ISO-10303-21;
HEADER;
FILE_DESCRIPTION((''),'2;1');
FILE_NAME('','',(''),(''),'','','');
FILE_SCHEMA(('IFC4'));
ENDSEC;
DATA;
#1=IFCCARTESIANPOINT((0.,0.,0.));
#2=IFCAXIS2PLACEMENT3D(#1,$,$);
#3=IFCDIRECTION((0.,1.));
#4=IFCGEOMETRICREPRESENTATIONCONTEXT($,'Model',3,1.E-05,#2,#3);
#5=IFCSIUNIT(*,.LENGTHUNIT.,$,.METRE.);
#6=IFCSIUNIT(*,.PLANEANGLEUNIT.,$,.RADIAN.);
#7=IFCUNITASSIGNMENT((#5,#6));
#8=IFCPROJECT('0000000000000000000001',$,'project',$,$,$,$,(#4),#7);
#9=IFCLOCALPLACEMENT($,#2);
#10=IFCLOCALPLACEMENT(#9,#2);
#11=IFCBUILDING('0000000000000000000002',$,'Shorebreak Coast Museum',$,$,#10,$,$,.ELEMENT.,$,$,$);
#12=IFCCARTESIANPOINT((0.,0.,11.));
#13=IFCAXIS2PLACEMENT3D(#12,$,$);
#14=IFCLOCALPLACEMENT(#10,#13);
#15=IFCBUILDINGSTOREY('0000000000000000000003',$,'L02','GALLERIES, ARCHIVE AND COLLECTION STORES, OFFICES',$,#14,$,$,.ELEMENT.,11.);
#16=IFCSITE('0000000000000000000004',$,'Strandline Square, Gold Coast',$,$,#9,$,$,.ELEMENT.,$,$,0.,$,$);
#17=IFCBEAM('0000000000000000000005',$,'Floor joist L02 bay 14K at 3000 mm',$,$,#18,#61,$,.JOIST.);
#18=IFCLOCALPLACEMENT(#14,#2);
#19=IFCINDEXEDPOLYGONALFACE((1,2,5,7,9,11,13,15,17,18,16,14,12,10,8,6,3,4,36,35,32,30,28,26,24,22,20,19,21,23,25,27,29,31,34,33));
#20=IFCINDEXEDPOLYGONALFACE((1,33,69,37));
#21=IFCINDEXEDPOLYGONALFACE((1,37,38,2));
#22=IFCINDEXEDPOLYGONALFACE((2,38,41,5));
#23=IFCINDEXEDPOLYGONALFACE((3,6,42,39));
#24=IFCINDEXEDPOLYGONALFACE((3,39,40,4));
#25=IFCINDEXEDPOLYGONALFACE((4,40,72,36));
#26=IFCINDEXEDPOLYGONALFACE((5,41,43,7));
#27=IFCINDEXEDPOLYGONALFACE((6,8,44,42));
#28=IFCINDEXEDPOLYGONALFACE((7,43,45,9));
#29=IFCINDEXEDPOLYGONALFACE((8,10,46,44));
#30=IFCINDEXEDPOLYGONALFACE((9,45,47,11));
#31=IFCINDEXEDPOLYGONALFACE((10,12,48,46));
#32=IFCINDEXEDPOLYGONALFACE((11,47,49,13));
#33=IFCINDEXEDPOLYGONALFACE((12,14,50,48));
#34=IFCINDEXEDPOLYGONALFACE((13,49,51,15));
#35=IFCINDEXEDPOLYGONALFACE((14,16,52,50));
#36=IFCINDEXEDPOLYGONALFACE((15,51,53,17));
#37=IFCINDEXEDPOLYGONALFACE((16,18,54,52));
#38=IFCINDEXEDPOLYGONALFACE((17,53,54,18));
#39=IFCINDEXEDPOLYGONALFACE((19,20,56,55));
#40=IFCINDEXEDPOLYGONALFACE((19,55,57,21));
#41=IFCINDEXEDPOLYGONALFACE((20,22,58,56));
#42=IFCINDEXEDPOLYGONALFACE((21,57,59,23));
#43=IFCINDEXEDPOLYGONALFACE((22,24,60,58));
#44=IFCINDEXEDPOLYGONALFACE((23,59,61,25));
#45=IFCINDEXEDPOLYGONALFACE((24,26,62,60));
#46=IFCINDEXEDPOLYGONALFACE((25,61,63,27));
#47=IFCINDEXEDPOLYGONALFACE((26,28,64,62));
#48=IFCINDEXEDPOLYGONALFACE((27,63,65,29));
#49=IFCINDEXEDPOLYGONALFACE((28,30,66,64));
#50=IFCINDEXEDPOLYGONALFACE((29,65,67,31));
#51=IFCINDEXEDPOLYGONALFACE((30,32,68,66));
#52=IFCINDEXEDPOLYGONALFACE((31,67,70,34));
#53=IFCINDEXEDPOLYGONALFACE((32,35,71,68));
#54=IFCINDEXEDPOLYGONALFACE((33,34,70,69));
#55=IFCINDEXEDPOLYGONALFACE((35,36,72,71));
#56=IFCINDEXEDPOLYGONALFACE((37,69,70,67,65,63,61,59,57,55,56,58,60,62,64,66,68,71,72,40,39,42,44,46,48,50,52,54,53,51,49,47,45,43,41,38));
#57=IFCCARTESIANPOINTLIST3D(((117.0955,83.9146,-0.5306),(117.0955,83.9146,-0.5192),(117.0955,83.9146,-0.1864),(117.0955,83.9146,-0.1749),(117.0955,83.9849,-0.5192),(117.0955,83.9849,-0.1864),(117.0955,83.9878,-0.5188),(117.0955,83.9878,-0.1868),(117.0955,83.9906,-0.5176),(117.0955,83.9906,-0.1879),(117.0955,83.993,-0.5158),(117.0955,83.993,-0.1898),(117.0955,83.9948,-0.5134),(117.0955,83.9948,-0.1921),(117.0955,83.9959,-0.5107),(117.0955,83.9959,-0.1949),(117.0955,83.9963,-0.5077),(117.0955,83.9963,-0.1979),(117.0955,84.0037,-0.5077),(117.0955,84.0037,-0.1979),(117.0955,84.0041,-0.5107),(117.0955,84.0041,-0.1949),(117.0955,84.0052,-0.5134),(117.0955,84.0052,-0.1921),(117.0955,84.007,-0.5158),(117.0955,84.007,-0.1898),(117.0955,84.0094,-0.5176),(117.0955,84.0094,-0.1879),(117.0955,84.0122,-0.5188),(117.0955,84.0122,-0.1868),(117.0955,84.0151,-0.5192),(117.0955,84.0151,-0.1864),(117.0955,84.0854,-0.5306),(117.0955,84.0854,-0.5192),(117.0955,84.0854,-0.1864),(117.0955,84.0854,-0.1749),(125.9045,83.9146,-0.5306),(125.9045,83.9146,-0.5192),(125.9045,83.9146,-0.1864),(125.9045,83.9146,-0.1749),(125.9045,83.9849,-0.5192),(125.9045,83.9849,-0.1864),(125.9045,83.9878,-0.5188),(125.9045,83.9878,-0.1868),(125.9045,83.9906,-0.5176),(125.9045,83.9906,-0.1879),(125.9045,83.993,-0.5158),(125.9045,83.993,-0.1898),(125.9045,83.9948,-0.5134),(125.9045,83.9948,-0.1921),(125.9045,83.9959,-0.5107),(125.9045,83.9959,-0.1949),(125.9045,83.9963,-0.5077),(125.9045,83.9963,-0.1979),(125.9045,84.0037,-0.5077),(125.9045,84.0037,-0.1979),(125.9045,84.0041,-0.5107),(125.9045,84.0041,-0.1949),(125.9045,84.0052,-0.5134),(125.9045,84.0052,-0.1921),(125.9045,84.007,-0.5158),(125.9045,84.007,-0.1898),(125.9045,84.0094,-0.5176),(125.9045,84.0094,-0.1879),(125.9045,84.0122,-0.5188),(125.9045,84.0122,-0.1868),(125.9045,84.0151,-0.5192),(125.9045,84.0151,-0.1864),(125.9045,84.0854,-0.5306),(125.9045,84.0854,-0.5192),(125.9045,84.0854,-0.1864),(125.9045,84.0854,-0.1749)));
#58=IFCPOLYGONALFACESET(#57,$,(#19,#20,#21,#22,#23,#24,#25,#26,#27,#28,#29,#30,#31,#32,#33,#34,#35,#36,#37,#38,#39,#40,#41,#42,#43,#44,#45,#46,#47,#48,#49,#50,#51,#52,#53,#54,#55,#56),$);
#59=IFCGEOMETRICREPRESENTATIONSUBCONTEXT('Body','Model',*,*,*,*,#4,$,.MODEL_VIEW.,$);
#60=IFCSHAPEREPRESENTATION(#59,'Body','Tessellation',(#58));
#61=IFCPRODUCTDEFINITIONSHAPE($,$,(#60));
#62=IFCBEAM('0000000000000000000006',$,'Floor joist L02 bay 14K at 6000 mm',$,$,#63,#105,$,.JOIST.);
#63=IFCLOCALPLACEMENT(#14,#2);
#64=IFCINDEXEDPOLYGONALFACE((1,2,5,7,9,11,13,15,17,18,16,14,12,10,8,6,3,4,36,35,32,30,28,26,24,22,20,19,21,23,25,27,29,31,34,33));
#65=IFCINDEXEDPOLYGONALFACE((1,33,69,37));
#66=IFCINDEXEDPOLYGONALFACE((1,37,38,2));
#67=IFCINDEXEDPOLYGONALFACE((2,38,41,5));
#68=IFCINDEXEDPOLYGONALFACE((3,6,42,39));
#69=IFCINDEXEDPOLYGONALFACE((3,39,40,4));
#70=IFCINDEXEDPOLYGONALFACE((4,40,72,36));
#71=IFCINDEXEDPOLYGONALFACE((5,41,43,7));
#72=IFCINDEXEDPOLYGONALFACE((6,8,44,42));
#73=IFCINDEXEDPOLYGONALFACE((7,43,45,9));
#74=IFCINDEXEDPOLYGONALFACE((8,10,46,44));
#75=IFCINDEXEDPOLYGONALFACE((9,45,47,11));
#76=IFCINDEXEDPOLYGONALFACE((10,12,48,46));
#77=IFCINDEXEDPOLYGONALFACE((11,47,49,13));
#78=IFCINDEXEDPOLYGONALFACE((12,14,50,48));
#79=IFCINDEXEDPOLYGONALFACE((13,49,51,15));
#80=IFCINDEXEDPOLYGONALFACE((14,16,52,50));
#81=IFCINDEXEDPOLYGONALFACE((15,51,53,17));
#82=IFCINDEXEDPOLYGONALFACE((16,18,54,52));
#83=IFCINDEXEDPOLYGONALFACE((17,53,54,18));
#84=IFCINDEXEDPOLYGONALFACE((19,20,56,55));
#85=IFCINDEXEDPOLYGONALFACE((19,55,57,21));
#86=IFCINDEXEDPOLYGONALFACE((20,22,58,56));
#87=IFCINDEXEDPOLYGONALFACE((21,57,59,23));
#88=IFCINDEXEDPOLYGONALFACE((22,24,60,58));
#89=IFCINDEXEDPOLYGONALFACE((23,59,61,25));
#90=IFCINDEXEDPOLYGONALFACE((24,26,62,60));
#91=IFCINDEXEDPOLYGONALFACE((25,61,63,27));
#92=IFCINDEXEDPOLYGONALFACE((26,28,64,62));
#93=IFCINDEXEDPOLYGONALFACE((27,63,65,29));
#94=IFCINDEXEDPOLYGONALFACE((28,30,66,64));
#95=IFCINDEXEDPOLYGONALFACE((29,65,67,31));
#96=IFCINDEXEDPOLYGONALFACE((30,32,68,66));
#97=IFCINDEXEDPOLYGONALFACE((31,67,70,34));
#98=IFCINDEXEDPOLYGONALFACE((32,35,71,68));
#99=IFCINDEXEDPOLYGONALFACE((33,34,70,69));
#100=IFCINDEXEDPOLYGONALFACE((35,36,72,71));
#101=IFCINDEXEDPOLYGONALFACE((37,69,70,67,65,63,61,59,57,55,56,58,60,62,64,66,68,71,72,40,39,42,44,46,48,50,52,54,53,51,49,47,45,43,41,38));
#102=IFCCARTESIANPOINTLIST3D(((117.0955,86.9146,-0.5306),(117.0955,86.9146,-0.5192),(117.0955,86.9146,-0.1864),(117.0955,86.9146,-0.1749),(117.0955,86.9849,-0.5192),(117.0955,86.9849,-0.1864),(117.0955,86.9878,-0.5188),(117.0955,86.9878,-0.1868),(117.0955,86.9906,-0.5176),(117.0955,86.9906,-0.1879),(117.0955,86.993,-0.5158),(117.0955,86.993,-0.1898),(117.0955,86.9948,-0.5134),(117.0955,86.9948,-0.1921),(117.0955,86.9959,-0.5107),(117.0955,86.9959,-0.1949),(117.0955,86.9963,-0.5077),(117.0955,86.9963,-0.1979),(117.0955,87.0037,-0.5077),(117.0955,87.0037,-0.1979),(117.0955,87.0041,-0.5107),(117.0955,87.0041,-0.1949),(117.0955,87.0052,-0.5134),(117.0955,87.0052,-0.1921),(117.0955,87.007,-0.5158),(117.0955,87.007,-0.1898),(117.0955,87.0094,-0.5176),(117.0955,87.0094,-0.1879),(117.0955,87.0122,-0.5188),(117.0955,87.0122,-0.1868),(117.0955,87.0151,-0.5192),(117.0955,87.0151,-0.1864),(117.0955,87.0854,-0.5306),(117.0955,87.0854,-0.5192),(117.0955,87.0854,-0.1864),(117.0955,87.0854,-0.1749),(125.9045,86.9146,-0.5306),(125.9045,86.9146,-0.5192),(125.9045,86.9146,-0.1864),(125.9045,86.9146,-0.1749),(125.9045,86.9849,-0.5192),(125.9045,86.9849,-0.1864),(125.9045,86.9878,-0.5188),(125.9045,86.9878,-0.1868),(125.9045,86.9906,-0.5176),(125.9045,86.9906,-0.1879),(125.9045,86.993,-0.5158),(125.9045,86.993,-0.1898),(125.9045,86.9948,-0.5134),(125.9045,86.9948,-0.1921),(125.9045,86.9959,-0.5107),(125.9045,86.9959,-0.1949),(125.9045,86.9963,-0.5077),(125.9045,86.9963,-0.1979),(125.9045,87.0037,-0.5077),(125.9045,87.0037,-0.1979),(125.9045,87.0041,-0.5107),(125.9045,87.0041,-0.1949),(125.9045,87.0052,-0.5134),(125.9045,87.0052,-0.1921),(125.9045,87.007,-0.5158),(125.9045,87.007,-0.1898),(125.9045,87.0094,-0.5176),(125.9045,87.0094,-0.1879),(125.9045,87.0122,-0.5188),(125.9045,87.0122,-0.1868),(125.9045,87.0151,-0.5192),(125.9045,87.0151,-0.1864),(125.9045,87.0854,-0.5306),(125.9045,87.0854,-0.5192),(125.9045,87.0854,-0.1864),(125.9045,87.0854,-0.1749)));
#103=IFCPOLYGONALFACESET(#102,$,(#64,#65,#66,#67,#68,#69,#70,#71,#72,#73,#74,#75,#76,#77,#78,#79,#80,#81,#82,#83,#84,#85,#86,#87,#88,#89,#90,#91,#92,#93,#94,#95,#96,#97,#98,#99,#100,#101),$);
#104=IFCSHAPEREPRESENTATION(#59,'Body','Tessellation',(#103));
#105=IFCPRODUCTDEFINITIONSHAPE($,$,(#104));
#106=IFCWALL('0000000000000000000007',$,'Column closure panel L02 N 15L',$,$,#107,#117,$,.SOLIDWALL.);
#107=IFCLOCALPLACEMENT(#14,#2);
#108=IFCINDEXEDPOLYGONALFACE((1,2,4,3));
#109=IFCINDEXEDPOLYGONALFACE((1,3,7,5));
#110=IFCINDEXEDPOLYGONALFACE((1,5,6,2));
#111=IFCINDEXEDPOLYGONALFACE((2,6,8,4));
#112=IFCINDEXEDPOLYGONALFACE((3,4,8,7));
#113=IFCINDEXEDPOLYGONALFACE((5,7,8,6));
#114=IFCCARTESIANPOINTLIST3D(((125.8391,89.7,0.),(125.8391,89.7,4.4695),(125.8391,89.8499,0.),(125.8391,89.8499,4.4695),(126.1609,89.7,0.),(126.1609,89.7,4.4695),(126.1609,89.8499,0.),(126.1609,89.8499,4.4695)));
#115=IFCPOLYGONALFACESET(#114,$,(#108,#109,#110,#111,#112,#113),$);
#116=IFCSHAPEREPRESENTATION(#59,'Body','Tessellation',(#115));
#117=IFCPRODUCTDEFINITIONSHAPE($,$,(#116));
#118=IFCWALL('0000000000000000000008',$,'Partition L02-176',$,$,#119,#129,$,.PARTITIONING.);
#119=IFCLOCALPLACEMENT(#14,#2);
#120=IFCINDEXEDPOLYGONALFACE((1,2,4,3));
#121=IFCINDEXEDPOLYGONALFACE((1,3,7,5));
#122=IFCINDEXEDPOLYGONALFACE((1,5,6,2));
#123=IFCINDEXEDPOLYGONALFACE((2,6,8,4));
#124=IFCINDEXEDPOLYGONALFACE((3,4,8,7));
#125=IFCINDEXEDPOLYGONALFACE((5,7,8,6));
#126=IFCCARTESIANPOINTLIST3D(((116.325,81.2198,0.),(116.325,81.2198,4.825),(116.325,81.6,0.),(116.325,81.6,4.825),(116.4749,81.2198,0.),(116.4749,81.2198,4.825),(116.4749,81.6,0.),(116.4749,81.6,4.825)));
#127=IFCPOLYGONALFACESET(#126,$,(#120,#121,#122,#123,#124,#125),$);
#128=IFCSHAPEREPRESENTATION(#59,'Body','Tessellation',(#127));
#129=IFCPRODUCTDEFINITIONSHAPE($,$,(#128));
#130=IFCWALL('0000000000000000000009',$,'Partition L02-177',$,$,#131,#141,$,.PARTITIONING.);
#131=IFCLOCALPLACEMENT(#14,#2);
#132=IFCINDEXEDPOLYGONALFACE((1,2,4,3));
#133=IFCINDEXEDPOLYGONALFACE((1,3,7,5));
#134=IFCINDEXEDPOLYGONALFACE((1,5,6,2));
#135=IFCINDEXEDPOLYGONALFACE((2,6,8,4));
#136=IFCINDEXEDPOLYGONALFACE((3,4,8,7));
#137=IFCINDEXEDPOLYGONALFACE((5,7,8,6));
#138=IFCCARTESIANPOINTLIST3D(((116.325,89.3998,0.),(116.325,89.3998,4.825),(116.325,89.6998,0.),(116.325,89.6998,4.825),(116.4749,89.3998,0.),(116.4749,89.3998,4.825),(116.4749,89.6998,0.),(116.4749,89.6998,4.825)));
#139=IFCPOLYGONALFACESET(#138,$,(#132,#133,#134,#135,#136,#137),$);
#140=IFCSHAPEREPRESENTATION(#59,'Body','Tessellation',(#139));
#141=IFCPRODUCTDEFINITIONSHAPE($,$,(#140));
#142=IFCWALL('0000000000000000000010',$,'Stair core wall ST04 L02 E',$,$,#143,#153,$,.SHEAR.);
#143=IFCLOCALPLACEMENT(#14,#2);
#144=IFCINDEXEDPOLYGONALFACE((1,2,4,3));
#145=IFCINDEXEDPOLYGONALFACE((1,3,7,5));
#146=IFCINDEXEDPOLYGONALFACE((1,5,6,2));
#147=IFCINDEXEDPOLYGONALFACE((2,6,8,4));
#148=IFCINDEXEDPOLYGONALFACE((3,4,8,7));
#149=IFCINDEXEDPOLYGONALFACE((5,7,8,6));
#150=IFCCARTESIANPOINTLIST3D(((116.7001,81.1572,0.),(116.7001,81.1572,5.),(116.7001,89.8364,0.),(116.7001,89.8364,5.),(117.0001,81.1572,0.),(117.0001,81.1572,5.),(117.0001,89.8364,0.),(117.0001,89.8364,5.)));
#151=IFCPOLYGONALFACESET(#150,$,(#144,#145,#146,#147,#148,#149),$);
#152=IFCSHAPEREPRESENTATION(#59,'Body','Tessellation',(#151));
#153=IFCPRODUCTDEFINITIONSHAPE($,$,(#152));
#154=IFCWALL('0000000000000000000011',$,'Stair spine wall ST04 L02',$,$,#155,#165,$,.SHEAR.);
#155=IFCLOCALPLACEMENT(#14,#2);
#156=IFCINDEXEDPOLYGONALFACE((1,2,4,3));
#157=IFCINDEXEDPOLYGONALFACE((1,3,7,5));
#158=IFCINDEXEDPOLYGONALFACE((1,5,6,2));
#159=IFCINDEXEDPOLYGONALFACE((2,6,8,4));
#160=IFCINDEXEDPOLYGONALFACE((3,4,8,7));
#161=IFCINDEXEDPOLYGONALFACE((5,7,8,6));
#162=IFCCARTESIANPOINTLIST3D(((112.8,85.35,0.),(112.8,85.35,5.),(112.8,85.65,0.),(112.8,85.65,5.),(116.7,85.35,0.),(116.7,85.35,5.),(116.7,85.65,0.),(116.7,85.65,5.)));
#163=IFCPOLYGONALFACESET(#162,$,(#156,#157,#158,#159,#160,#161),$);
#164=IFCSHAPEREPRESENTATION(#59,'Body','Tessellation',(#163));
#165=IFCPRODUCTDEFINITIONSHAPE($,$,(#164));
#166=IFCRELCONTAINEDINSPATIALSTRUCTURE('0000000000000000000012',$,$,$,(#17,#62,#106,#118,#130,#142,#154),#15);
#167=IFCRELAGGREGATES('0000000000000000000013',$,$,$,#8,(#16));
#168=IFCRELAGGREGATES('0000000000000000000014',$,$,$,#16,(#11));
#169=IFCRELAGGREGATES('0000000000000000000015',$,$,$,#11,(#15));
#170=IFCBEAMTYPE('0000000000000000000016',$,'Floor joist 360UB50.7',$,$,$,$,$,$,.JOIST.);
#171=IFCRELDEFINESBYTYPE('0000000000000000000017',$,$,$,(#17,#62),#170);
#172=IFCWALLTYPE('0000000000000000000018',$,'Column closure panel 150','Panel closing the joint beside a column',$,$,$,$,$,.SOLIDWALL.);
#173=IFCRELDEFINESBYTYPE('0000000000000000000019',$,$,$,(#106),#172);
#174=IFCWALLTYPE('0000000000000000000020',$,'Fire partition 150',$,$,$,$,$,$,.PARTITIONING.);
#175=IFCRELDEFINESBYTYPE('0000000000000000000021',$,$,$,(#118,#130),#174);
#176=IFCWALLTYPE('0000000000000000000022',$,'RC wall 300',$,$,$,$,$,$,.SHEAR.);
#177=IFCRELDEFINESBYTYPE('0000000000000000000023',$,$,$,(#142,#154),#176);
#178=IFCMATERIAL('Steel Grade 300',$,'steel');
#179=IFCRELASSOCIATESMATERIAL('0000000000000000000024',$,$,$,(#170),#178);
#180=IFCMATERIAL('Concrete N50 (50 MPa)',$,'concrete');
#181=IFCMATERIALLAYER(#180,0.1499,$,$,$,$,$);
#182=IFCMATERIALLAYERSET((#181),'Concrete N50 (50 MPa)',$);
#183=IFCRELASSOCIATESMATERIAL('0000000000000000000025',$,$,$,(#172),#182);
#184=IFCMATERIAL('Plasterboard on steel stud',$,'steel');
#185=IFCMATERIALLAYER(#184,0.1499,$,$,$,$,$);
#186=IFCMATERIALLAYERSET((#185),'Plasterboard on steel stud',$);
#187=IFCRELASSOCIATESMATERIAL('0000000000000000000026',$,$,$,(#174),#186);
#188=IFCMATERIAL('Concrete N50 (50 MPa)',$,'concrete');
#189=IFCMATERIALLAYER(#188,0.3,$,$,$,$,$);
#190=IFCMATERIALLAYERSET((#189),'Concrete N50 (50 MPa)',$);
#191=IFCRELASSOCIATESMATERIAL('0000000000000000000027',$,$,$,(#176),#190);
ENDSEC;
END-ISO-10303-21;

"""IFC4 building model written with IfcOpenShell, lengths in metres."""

from ifc_helpers import new_model, si_unit, direction, frame, frame_2d, origin, origin_2d, place, context, subcontext, project, spatial, rectangle, i_section, extrude, material, layer, layer_set, material_profile, profile_set, type_object, element, save


model = new_model("IFC4")

# Units and contexts
model_context = context("Model", 3, precision=1e-05, world=origin(), true_north=direction((0.0, 1.0)))
body_context = subcontext(model_context, "Body", "Model", "MODEL_VIEW")
ifc_project = project(units=[si_unit("LENGTHUNIT", "METRE"), si_unit("PLANEANGLEUNIT", "RADIAN")], contexts=[model_context])

# Site, building, storey
site_placement = place(None, origin())
site = spatial("IfcSite", under=ifc_project, at=site_placement, Name="Strandline Square, Gold Coast", CompositionType="ELEMENT", RefElevation=0.0)
building_placement = place(site_placement, origin())
building = spatial("IfcBuilding", under=site, at=building_placement, Name="Shorebreak Coast Museum", CompositionType="ELEMENT")
storey_placement = place(building_placement, frame((0.0, 0.0, 11.0)))
storey = spatial("IfcBuildingStorey", under=building, at=storey_placement, Name="L02", Description="GALLERIES, ARCHIVE AND COLLECTION STORES, OFFICES", CompositionType="ELEMENT", Elevation=11.0)

# Beams
ifc_material_1 = material(Name="Steel Grade 300", Category="steel")
ifc_material_profile_1 = material_profile(ifc_material_1, i_section(OverallWidth=0.1709, OverallDepth=0.3557, WebThickness=0.0073, FlangeThickness=0.0115, FilletRadius=0.0115, at=origin_2d()), Name="360UB50.7")
ifc_profile_set_1 = profile_set([ifc_material_profile_1], Name="Steel Grade 300")
beam_type_1 = type_object("IfcBeamType", Name="Floor joist 360UB50.7", PredefinedType="JOIST", material=ifc_profile_set_1)
for number, where, z_axis, x_axis, name in (
    (1, (117.0955, 84.0, -0.3528), (1.0, 0.0, 0.0), (0.0, 1.0, 0.0), "Floor joist L02 bay 14K at 3000 mm"),
    (2, (117.0955, 87.0, -0.3528), (1.0, 0.0, 0.0), (0.0, 1.0, 0.0), "Floor joist L02 bay 14K at 6000 mm"),
):
    element("IfcBeam", number, at=place(storey_placement, frame(where, z_axis=z_axis, x_axis=x_axis)), inside=storey, type_object=beam_type_1, Name=name, PredefinedType="JOIST", context=body_context, shape_type="SweptSolid", body=[
        extrude(i_section(OverallWidth=0.1709, OverallDepth=0.3557, WebThickness=0.0073, FlangeThickness=0.0115, FilletRadius=0.0115, at=origin_2d()), origin(), (0.0, 0.0, 1.0), 8.8091),
    ])

# Walls
ifc_material_2 = material(Name="Concrete N50 (50 MPa)", Category="concrete")
ifc_layer_1 = layer(ifc_material_2, 0.1499)
ifc_layer_set_1 = layer_set([ifc_layer_1], Name="Concrete N50 (50 MPa)")
wall_type_1 = type_object("IfcWallType", Name="Column closure panel 150", Description="Panel closing the joint beside a column", PredefinedType="SOLIDWALL", material=ifc_layer_set_1)
wall_1_placement = place(storey_placement, frame((125.8391, 89.7749, 0.0), z_axis=(0.0, 0.0, 1.0), x_axis=(1.0, 0.0, 0.0)))
element("IfcWall", 3, at=wall_1_placement, inside=storey, type_object=wall_type_1, Name="Column closure panel L02 N 15L", PredefinedType="SOLIDWALL", context=body_context, shape_type="SweptSolid", body=[
    extrude(rectangle(XDim=0.3218, YDim=0.1499, at=frame_2d((0.1609, 0.0))), origin(), (0.0, 0.0, 1.0), 4.4695),
])
ifc_material_3 = material(Name="Plasterboard on steel stud", Category="steel")
ifc_layer_2 = layer(ifc_material_3, 0.1499)
ifc_layer_set_2 = layer_set([ifc_layer_2], Name="Plasterboard on steel stud")
wall_type_2 = type_object("IfcWallType", Name="Fire partition 150", PredefinedType="PARTITIONING", material=ifc_layer_set_2)
wall_2_placement = place(storey_placement, frame((116.3999, 81.22, 0.0), z_axis=(0.0, 0.0, 1.0), x_axis=(0.0, 1.0, 0.0)))
element("IfcWall", 4, at=wall_2_placement, inside=storey, type_object=wall_type_2, Name="Partition L02-176", PredefinedType="PARTITIONING", context=body_context, shape_type="SweptSolid", body=[
    extrude(rectangle(XDim=0.3801, YDim=0.1499, at=frame_2d((0.1899, 0.0))), origin(), (0.0, 0.0, 1.0), 4.825),
])
wall_3_placement = place(storey_placement, frame((116.3999, 89.3999, 0.0), z_axis=(0.0, 0.0, 1.0), x_axis=(0.0, 1.0, 0.0)))
element("IfcWall", 5, at=wall_3_placement, inside=storey, type_object=wall_type_2, Name="Partition L02-177", PredefinedType="PARTITIONING", context=body_context, shape_type="SweptSolid", body=[
    extrude(rectangle(XDim=0.3, YDim=0.1499, at=frame_2d((0.1499, 0.0))), origin(), (0.0, 0.0, 1.0), 4.825),
])
ifc_material_4 = material(Name="Concrete N50 (50 MPa)", Category="concrete")
ifc_layer_3 = layer(ifc_material_4, 0.3)
ifc_layer_set_3 = layer_set([ifc_layer_3], Name="Concrete N50 (50 MPa)")
wall_type_3 = type_object("IfcWallType", Name="RC wall 300", PredefinedType="SHEAR", material=ifc_layer_set_3)
wall_4_placement = place(storey_placement, frame((116.8501, 81.1572, 0.0), z_axis=(0.0, 0.0, 1.0), x_axis=(0.0, 1.0, 0.0)))
element("IfcWall", 6, at=wall_4_placement, inside=storey, type_object=wall_type_3, Name="Stair core wall ST04 L02 E", PredefinedType="SHEAR", context=body_context, shape_type="SweptSolid", body=[
    extrude(rectangle(XDim=8.6792, YDim=0.3, at=frame_2d((4.3396, 0.0))), origin(), (0.0, 0.0, 1.0), 5.0),
])
wall_5_placement = place(storey_placement, frame((112.8, 85.5, 0.0), z_axis=(0.0, 0.0, 1.0), x_axis=(1.0, 0.0, 0.0)))
element("IfcWall", 7, at=wall_5_placement, inside=storey, type_object=wall_type_3, Name="Stair spine wall ST04 L02", PredefinedType="SHEAR", context=body_context, shape_type="SweptSolid", body=[
    extrude(rectangle(XDim=3.8999, YDim=0.3, at=frame_2d((1.95, 0.0))), origin(), (0.0, 0.0, 1.0), 5.0),
])

save(model, "model.ifc")
